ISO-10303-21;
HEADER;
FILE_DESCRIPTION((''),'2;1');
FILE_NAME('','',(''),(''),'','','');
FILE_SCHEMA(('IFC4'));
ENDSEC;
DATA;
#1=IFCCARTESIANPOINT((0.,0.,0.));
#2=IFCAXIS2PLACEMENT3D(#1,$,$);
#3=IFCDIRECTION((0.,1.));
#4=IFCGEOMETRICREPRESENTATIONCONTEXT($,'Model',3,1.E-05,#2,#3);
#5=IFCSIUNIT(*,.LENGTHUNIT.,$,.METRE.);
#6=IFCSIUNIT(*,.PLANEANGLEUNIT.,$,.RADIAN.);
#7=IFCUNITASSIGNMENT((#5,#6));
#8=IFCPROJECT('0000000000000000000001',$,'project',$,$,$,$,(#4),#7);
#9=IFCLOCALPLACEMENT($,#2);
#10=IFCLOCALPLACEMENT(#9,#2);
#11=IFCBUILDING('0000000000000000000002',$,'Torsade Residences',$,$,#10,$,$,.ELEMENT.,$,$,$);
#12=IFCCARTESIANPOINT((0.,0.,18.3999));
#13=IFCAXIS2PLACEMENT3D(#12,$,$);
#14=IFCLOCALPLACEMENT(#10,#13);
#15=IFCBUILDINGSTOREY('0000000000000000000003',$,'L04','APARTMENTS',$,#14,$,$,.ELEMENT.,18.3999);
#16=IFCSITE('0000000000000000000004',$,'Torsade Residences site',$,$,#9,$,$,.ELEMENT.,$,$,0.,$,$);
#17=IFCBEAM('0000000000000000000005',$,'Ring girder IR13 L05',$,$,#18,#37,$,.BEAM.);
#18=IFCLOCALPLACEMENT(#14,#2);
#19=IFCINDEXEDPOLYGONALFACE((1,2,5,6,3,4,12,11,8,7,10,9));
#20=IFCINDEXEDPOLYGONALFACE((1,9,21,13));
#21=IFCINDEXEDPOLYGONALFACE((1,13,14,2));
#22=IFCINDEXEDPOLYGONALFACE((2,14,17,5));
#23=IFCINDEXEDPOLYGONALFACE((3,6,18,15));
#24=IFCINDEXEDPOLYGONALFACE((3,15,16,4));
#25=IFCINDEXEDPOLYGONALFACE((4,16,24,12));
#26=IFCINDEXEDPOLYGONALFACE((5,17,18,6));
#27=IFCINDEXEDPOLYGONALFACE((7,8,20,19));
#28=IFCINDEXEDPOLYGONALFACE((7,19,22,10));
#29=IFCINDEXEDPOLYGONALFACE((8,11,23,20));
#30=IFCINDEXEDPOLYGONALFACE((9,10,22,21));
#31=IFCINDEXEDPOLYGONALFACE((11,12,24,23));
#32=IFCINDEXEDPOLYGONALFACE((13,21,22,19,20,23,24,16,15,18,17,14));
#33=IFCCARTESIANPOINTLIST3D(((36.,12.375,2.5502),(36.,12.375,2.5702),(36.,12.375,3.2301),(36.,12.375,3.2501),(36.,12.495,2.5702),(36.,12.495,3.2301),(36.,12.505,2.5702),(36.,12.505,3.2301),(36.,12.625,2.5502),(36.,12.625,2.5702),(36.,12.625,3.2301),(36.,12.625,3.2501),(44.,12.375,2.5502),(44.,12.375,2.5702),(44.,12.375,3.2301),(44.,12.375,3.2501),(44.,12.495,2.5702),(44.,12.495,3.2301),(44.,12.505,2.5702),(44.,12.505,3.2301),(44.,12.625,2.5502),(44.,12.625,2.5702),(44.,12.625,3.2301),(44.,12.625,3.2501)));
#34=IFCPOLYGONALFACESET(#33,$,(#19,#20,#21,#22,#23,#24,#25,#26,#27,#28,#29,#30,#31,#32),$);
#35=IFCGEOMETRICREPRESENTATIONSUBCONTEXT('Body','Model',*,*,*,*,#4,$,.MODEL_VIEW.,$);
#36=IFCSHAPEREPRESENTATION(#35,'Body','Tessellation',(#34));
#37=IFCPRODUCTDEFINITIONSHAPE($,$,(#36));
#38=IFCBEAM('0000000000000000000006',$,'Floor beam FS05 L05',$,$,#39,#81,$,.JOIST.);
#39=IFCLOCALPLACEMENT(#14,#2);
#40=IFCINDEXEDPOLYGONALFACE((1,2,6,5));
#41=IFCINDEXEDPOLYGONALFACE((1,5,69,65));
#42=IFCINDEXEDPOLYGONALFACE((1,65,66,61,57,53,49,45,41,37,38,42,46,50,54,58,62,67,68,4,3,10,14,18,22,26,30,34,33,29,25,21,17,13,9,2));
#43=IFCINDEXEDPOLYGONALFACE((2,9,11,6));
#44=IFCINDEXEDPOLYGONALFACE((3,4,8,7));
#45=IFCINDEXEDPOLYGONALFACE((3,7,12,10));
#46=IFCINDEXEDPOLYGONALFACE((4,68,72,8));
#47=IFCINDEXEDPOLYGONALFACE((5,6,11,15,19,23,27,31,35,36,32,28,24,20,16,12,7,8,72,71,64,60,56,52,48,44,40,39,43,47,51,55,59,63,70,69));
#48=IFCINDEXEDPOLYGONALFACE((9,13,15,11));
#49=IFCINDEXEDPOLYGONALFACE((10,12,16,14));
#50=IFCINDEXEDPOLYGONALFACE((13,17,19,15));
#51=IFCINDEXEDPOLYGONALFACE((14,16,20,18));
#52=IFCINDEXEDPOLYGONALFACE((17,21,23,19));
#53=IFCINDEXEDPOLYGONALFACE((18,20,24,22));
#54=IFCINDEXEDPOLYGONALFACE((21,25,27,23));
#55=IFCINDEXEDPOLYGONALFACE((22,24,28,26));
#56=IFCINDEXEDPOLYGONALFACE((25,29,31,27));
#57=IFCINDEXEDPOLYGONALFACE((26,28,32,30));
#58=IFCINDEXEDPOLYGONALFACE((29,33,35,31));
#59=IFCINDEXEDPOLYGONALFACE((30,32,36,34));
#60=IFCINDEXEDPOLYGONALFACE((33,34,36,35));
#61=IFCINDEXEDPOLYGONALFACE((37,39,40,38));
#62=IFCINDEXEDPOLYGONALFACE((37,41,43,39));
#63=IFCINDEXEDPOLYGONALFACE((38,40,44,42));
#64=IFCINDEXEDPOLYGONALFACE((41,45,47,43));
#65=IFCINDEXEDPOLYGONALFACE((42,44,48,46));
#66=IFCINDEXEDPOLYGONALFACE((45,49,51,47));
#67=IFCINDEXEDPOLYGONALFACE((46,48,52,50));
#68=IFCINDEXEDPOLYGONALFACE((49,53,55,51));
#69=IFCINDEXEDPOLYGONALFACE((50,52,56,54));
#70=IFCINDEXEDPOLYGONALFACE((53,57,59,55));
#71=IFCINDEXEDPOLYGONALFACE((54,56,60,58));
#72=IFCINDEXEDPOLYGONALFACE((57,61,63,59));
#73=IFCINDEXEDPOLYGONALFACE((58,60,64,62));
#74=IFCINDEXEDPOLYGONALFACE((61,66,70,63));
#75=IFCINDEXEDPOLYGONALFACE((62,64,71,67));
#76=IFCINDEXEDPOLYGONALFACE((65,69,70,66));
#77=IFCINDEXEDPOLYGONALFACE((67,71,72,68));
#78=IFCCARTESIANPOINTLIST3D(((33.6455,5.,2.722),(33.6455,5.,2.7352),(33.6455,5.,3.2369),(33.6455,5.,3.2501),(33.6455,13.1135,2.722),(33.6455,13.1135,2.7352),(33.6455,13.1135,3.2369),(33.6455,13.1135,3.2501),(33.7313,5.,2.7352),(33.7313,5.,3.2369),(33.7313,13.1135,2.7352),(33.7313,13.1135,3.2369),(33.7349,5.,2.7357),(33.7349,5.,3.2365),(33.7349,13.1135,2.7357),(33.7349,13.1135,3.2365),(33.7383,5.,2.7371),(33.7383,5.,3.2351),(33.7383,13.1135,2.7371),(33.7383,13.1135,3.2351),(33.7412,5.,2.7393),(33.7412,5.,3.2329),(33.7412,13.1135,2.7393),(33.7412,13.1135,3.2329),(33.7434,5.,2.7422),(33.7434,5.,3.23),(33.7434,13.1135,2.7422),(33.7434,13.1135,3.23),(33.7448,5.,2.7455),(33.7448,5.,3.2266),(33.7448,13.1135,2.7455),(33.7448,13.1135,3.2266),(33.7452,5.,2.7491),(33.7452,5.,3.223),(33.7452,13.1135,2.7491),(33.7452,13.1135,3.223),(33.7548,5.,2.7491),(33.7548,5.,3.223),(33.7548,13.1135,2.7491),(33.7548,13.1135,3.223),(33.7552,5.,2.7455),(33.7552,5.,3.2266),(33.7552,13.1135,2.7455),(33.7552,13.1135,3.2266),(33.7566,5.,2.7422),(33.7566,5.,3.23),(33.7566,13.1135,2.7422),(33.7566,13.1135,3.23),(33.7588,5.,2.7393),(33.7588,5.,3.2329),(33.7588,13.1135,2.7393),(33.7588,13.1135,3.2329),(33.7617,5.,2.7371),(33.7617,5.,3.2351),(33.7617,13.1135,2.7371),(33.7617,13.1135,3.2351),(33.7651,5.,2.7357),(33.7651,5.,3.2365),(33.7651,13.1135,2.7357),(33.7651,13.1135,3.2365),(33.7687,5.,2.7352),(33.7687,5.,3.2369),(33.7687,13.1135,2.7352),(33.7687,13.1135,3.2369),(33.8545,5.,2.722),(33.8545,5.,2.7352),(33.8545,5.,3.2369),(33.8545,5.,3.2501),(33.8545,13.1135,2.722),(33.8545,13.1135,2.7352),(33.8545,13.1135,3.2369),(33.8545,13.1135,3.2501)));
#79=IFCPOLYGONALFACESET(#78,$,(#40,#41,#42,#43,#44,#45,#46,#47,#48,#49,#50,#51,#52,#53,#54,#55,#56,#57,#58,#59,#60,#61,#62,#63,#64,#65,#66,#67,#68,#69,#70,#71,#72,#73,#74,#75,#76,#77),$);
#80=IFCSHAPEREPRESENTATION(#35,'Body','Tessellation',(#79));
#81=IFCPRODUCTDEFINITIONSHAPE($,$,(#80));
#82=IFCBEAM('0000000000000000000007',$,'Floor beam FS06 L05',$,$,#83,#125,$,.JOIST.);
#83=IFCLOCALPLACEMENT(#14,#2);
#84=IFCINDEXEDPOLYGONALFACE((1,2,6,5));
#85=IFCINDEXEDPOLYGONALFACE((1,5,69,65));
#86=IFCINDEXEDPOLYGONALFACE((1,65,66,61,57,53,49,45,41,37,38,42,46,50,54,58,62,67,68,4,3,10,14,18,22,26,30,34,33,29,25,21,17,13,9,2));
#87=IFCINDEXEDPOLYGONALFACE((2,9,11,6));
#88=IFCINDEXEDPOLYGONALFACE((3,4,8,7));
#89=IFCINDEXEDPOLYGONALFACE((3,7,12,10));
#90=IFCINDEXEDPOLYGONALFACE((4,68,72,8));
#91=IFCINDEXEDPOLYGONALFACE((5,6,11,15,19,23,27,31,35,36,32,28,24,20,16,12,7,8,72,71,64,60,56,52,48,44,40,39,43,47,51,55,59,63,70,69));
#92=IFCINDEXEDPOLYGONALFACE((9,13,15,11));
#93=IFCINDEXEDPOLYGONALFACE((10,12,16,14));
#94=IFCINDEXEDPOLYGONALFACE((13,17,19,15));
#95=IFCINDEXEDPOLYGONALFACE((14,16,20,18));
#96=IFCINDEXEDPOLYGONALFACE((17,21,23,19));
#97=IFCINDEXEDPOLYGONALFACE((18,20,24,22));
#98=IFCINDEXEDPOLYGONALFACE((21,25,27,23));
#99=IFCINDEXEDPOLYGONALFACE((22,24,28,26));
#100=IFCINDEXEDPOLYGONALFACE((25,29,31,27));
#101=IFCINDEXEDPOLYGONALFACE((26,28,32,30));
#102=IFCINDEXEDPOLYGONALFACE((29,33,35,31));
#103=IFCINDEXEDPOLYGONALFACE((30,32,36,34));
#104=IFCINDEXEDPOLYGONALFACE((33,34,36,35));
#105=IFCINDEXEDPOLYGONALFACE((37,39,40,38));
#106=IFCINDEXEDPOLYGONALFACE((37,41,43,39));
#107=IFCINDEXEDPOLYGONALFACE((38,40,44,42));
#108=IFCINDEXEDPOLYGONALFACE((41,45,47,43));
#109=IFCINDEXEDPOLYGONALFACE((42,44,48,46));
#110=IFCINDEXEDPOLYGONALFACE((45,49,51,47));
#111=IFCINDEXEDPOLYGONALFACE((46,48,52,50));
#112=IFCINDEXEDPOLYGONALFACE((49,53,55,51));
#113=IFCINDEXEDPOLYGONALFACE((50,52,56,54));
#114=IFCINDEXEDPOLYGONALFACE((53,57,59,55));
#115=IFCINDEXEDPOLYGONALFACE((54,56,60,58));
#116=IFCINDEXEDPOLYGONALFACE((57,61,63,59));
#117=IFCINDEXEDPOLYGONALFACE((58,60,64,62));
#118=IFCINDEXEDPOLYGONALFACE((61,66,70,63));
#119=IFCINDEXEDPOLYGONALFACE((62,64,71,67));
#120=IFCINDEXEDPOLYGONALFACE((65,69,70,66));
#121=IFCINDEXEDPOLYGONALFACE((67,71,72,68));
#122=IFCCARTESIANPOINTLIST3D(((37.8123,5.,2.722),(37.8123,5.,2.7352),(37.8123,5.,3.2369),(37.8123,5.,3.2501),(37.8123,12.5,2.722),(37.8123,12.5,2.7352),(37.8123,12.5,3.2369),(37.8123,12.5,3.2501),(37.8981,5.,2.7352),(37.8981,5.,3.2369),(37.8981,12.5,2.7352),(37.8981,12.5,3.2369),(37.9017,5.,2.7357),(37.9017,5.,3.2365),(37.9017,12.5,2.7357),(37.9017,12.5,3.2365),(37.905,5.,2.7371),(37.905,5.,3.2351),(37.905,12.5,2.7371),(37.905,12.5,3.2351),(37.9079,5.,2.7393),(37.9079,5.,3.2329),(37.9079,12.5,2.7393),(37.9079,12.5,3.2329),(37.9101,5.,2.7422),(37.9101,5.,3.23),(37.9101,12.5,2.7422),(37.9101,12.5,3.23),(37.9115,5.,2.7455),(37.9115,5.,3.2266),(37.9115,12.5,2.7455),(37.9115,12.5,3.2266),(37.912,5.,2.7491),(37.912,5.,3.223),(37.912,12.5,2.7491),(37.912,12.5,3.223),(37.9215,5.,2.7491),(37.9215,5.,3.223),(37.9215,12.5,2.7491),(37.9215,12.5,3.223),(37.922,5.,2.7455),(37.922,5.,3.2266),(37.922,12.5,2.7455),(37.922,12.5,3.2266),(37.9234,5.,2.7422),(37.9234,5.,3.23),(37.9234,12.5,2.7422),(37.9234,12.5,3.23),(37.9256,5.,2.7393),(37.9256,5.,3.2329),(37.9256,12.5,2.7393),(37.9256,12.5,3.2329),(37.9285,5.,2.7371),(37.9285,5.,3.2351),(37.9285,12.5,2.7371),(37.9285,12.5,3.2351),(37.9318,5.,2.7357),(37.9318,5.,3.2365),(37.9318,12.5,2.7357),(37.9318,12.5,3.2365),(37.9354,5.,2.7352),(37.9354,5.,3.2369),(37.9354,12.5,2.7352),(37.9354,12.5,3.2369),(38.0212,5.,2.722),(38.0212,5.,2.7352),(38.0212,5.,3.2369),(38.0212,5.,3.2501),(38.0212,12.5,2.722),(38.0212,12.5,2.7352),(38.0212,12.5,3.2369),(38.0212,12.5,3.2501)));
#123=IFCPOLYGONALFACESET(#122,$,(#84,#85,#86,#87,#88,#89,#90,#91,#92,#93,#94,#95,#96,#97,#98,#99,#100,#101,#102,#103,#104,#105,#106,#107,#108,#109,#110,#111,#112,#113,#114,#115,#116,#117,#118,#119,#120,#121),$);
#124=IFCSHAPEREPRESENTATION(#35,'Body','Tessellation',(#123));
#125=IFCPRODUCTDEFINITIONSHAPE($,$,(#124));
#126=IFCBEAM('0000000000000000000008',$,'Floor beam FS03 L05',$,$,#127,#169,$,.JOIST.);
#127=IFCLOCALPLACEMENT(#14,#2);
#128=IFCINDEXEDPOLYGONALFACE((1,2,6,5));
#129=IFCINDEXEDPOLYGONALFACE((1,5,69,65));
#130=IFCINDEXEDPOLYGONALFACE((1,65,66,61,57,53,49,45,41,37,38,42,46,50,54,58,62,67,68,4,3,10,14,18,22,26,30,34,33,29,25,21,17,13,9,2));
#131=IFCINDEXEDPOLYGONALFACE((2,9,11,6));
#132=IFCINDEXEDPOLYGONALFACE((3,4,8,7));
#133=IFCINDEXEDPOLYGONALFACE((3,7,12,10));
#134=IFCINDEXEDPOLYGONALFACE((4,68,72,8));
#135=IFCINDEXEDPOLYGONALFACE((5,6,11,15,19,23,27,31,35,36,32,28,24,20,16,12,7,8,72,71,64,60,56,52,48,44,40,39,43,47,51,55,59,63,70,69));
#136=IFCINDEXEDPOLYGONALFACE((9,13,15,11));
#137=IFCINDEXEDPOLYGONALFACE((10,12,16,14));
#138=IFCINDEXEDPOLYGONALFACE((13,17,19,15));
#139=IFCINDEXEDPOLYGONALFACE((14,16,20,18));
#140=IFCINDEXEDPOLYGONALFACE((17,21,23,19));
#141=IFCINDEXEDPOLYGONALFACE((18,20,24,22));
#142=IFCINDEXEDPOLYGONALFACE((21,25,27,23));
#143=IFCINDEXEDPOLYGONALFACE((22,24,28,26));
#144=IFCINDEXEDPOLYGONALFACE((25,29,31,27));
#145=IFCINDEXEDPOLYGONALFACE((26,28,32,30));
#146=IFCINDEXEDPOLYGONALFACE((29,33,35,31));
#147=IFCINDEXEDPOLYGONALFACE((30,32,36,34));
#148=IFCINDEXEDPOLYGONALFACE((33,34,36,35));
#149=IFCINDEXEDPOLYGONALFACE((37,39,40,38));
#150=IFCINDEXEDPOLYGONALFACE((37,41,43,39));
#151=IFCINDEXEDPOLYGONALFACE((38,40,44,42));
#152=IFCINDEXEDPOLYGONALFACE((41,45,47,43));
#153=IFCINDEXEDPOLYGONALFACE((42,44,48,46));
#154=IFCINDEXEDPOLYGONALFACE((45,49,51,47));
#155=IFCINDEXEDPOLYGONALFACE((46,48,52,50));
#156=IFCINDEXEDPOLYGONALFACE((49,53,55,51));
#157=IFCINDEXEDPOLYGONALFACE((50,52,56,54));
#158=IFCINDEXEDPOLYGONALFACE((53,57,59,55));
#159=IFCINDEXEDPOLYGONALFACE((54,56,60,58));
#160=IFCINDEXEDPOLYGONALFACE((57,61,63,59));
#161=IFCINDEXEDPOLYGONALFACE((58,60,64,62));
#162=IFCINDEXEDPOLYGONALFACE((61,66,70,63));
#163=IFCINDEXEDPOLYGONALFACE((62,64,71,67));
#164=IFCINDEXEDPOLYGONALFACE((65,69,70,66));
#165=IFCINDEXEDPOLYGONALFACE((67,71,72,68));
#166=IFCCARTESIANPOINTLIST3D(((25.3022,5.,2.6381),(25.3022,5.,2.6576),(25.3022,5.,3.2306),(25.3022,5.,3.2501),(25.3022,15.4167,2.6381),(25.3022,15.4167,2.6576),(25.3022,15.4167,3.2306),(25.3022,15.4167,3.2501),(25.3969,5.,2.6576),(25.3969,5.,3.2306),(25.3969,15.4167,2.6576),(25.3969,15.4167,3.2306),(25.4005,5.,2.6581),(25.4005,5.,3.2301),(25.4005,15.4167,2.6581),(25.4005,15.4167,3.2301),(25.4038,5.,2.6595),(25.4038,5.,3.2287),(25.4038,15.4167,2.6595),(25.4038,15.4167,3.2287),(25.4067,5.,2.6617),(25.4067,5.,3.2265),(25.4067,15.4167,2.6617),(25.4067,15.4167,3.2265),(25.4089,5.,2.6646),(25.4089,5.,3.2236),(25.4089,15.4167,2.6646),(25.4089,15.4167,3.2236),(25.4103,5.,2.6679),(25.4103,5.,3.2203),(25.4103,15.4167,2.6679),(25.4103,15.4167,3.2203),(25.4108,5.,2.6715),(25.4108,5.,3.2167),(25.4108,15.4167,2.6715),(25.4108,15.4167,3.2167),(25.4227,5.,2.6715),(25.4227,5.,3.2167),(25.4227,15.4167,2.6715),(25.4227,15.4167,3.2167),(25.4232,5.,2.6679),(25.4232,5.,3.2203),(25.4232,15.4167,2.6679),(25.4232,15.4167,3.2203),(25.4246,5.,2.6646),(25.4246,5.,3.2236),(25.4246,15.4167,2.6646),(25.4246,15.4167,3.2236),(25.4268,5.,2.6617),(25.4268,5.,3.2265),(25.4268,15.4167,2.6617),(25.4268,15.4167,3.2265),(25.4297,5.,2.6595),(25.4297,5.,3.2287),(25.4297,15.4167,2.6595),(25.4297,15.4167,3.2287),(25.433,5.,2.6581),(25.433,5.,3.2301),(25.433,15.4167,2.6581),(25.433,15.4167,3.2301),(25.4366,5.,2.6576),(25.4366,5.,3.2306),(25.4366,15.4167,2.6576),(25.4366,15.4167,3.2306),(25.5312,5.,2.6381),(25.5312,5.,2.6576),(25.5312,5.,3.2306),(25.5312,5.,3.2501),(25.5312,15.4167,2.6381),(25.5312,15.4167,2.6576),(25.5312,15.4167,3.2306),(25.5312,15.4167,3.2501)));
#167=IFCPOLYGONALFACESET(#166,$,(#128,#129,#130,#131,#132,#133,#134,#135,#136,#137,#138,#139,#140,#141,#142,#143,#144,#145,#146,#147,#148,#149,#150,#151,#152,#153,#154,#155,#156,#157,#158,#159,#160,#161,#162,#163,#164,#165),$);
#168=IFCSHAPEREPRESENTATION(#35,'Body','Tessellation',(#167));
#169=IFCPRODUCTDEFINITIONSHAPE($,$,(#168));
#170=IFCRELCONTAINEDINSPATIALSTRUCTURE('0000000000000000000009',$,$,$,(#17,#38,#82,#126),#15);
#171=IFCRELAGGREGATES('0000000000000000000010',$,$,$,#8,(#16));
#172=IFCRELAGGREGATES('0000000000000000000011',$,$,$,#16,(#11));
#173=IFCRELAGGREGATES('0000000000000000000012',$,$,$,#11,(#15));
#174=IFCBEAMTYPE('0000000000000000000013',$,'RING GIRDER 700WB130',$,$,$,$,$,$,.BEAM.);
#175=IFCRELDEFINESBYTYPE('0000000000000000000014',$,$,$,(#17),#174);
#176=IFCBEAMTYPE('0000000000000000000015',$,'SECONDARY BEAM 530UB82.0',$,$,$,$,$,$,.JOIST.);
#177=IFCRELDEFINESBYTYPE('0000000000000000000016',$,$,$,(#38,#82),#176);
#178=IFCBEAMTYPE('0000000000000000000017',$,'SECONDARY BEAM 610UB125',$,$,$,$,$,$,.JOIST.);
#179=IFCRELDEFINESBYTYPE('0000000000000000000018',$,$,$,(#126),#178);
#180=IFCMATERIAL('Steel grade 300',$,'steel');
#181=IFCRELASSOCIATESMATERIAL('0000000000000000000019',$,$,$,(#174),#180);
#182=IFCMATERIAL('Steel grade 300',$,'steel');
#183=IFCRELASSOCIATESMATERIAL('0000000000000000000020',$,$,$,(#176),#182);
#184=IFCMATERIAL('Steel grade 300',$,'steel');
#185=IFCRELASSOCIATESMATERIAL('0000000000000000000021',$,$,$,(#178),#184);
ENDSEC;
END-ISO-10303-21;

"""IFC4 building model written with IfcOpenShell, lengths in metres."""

from ifc_helpers import new_model, si_unit, direction, frame, origin, origin_2d, place, context, subcontext, project, spatial, i_section, extrude, material, material_profile, profile_set, type_object, element, save


model = new_model("IFC4")

# Units and contexts
model_context = context("Model", 3, precision=1e-05, world=origin(), true_north=direction((0.0, 1.0)))
body_context = subcontext(model_context, "Body", "Model", "MODEL_VIEW")
ifc_project = project(units=[si_unit("LENGTHUNIT", "METRE"), si_unit("PLANEANGLEUNIT", "RADIAN")], contexts=[model_context])

# Site, building, storey
site_placement = place(None, origin())
site = spatial("IfcSite", under=ifc_project, at=site_placement, Name="Torsade Residences site", CompositionType="ELEMENT", RefElevation=0.0)
building_placement = place(site_placement, origin())
building = spatial("IfcBuilding", under=site, at=building_placement, Name="Torsade Residences", CompositionType="ELEMENT")
storey_placement = place(building_placement, frame((0.0, 0.0, 18.3999)))
storey = spatial("IfcBuildingStorey", under=building, at=storey_placement, Name="L04", Description="APARTMENTS", CompositionType="ELEMENT", Elevation=18.3999)

# Beams
ifc_material_1 = material(Name="Steel grade 300", Category="steel")
ifc_material_profile_1 = material_profile(ifc_material_1, i_section(OverallWidth=0.25, OverallDepth=0.7, WebThickness=0.01, FlangeThickness=0.02, at=origin_2d()), Name="700WB130")
ifc_profile_set_1 = profile_set([ifc_material_profile_1], Name="Steel grade 300")
beam_type_1 = type_object("IfcBeamType", Name="RING GIRDER 700WB130", PredefinedType="BEAM", material=ifc_profile_set_1)
beam_1_placement = place(storey_placement, frame((36.0, 12.5, 2.9001), z_axis=(1.0, 0.0, 0.0), x_axis=(0.0, 1.0, 0.0)))
element("IfcBeam", 1, at=beam_1_placement, inside=storey, type_object=beam_type_1, Name="Ring girder IR13 L05", PredefinedType="BEAM", context=body_context, shape_type="SweptSolid", body=[
    extrude(i_section(OverallWidth=0.25, OverallDepth=0.7, WebThickness=0.01, FlangeThickness=0.02, at=origin_2d()), origin(), (0.0, 0.0, 1.0), 8.0),
])
ifc_material_2 = material(Name="Steel grade 300", Category="steel")
ifc_material_profile_2 = material_profile(ifc_material_2, i_section(OverallWidth=0.209, OverallDepth=0.5281, WebThickness=0.0095, FlangeThickness=0.0132, FilletRadius=0.0139, at=origin_2d()), Name="530UB82.0")
ifc_profile_set_2 = profile_set([ifc_material_profile_2], Name="Steel grade 300")
beam_type_2 = type_object("IfcBeamType", Name="SECONDARY BEAM 530UB82.0", PredefinedType="JOIST", material=ifc_profile_set_2)
beam_2_placement = place(storey_placement, frame((33.75, 5.0, 2.9861), z_axis=(0.0, 1.0, 0.0), x_axis=(-1.0, 0.0, 0.0)))
element("IfcBeam", 2, at=beam_2_placement, inside=storey, type_object=beam_type_2, Name="Floor beam FS05 L05", PredefinedType="JOIST", context=body_context, shape_type="SweptSolid", body=[
    extrude(i_section(OverallWidth=0.209, OverallDepth=0.5281, WebThickness=0.0095, FlangeThickness=0.0132, FilletRadius=0.0139, at=origin_2d()), origin(), (0.0, 0.0, 1.0), 8.1135),
])
beam_3_placement = place(storey_placement, frame((37.9167, 5.0, 2.9861), z_axis=(0.0, 1.0, 0.0), x_axis=(-1.0, 0.0, 0.0)))
element("IfcBeam", 3, at=beam_3_placement, inside=storey, type_object=beam_type_2, Name="Floor beam FS06 L05", PredefinedType="JOIST", context=body_context, shape_type="SweptSolid", body=[
    extrude(i_section(OverallWidth=0.209, OverallDepth=0.5281, WebThickness=0.0095, FlangeThickness=0.0132, FilletRadius=0.0139, at=origin_2d()), origin(), (0.0, 0.0, 1.0), 7.5),
])
ifc_material_3 = material(Name="Steel grade 300", Category="steel")
ifc_material_profile_3 = material_profile(ifc_material_3, i_section(OverallWidth=0.229, OverallDepth=0.6121, WebThickness=0.012, FlangeThickness=0.0195, FilletRadius=0.0139, at=origin_2d()), Name="610UB125")
ifc_profile_set_3 = profile_set([ifc_material_profile_3], Name="Steel grade 300")
beam_type_3 = type_object("IfcBeamType", Name="SECONDARY BEAM 610UB125", PredefinedType="JOIST", material=ifc_profile_set_3)
beam_4_placement = place(storey_placement, frame((25.4167, 5.0, 2.9441), z_axis=(0.0, 1.0, 0.0), x_axis=(-1.0, 0.0, 0.0)))
element("IfcBeam", 4, at=beam_4_placement, inside=storey, type_object=beam_type_3, Name="Floor beam FS03 L05", PredefinedType="JOIST", context=body_context, shape_type="SweptSolid", body=[
    extrude(i_section(OverallWidth=0.229, OverallDepth=0.6121, WebThickness=0.012, FlangeThickness=0.0195, FilletRadius=0.0139, at=origin_2d()), origin(), (0.0, 0.0, 1.0), 10.4167),
])

save(model, "model.ifc")
